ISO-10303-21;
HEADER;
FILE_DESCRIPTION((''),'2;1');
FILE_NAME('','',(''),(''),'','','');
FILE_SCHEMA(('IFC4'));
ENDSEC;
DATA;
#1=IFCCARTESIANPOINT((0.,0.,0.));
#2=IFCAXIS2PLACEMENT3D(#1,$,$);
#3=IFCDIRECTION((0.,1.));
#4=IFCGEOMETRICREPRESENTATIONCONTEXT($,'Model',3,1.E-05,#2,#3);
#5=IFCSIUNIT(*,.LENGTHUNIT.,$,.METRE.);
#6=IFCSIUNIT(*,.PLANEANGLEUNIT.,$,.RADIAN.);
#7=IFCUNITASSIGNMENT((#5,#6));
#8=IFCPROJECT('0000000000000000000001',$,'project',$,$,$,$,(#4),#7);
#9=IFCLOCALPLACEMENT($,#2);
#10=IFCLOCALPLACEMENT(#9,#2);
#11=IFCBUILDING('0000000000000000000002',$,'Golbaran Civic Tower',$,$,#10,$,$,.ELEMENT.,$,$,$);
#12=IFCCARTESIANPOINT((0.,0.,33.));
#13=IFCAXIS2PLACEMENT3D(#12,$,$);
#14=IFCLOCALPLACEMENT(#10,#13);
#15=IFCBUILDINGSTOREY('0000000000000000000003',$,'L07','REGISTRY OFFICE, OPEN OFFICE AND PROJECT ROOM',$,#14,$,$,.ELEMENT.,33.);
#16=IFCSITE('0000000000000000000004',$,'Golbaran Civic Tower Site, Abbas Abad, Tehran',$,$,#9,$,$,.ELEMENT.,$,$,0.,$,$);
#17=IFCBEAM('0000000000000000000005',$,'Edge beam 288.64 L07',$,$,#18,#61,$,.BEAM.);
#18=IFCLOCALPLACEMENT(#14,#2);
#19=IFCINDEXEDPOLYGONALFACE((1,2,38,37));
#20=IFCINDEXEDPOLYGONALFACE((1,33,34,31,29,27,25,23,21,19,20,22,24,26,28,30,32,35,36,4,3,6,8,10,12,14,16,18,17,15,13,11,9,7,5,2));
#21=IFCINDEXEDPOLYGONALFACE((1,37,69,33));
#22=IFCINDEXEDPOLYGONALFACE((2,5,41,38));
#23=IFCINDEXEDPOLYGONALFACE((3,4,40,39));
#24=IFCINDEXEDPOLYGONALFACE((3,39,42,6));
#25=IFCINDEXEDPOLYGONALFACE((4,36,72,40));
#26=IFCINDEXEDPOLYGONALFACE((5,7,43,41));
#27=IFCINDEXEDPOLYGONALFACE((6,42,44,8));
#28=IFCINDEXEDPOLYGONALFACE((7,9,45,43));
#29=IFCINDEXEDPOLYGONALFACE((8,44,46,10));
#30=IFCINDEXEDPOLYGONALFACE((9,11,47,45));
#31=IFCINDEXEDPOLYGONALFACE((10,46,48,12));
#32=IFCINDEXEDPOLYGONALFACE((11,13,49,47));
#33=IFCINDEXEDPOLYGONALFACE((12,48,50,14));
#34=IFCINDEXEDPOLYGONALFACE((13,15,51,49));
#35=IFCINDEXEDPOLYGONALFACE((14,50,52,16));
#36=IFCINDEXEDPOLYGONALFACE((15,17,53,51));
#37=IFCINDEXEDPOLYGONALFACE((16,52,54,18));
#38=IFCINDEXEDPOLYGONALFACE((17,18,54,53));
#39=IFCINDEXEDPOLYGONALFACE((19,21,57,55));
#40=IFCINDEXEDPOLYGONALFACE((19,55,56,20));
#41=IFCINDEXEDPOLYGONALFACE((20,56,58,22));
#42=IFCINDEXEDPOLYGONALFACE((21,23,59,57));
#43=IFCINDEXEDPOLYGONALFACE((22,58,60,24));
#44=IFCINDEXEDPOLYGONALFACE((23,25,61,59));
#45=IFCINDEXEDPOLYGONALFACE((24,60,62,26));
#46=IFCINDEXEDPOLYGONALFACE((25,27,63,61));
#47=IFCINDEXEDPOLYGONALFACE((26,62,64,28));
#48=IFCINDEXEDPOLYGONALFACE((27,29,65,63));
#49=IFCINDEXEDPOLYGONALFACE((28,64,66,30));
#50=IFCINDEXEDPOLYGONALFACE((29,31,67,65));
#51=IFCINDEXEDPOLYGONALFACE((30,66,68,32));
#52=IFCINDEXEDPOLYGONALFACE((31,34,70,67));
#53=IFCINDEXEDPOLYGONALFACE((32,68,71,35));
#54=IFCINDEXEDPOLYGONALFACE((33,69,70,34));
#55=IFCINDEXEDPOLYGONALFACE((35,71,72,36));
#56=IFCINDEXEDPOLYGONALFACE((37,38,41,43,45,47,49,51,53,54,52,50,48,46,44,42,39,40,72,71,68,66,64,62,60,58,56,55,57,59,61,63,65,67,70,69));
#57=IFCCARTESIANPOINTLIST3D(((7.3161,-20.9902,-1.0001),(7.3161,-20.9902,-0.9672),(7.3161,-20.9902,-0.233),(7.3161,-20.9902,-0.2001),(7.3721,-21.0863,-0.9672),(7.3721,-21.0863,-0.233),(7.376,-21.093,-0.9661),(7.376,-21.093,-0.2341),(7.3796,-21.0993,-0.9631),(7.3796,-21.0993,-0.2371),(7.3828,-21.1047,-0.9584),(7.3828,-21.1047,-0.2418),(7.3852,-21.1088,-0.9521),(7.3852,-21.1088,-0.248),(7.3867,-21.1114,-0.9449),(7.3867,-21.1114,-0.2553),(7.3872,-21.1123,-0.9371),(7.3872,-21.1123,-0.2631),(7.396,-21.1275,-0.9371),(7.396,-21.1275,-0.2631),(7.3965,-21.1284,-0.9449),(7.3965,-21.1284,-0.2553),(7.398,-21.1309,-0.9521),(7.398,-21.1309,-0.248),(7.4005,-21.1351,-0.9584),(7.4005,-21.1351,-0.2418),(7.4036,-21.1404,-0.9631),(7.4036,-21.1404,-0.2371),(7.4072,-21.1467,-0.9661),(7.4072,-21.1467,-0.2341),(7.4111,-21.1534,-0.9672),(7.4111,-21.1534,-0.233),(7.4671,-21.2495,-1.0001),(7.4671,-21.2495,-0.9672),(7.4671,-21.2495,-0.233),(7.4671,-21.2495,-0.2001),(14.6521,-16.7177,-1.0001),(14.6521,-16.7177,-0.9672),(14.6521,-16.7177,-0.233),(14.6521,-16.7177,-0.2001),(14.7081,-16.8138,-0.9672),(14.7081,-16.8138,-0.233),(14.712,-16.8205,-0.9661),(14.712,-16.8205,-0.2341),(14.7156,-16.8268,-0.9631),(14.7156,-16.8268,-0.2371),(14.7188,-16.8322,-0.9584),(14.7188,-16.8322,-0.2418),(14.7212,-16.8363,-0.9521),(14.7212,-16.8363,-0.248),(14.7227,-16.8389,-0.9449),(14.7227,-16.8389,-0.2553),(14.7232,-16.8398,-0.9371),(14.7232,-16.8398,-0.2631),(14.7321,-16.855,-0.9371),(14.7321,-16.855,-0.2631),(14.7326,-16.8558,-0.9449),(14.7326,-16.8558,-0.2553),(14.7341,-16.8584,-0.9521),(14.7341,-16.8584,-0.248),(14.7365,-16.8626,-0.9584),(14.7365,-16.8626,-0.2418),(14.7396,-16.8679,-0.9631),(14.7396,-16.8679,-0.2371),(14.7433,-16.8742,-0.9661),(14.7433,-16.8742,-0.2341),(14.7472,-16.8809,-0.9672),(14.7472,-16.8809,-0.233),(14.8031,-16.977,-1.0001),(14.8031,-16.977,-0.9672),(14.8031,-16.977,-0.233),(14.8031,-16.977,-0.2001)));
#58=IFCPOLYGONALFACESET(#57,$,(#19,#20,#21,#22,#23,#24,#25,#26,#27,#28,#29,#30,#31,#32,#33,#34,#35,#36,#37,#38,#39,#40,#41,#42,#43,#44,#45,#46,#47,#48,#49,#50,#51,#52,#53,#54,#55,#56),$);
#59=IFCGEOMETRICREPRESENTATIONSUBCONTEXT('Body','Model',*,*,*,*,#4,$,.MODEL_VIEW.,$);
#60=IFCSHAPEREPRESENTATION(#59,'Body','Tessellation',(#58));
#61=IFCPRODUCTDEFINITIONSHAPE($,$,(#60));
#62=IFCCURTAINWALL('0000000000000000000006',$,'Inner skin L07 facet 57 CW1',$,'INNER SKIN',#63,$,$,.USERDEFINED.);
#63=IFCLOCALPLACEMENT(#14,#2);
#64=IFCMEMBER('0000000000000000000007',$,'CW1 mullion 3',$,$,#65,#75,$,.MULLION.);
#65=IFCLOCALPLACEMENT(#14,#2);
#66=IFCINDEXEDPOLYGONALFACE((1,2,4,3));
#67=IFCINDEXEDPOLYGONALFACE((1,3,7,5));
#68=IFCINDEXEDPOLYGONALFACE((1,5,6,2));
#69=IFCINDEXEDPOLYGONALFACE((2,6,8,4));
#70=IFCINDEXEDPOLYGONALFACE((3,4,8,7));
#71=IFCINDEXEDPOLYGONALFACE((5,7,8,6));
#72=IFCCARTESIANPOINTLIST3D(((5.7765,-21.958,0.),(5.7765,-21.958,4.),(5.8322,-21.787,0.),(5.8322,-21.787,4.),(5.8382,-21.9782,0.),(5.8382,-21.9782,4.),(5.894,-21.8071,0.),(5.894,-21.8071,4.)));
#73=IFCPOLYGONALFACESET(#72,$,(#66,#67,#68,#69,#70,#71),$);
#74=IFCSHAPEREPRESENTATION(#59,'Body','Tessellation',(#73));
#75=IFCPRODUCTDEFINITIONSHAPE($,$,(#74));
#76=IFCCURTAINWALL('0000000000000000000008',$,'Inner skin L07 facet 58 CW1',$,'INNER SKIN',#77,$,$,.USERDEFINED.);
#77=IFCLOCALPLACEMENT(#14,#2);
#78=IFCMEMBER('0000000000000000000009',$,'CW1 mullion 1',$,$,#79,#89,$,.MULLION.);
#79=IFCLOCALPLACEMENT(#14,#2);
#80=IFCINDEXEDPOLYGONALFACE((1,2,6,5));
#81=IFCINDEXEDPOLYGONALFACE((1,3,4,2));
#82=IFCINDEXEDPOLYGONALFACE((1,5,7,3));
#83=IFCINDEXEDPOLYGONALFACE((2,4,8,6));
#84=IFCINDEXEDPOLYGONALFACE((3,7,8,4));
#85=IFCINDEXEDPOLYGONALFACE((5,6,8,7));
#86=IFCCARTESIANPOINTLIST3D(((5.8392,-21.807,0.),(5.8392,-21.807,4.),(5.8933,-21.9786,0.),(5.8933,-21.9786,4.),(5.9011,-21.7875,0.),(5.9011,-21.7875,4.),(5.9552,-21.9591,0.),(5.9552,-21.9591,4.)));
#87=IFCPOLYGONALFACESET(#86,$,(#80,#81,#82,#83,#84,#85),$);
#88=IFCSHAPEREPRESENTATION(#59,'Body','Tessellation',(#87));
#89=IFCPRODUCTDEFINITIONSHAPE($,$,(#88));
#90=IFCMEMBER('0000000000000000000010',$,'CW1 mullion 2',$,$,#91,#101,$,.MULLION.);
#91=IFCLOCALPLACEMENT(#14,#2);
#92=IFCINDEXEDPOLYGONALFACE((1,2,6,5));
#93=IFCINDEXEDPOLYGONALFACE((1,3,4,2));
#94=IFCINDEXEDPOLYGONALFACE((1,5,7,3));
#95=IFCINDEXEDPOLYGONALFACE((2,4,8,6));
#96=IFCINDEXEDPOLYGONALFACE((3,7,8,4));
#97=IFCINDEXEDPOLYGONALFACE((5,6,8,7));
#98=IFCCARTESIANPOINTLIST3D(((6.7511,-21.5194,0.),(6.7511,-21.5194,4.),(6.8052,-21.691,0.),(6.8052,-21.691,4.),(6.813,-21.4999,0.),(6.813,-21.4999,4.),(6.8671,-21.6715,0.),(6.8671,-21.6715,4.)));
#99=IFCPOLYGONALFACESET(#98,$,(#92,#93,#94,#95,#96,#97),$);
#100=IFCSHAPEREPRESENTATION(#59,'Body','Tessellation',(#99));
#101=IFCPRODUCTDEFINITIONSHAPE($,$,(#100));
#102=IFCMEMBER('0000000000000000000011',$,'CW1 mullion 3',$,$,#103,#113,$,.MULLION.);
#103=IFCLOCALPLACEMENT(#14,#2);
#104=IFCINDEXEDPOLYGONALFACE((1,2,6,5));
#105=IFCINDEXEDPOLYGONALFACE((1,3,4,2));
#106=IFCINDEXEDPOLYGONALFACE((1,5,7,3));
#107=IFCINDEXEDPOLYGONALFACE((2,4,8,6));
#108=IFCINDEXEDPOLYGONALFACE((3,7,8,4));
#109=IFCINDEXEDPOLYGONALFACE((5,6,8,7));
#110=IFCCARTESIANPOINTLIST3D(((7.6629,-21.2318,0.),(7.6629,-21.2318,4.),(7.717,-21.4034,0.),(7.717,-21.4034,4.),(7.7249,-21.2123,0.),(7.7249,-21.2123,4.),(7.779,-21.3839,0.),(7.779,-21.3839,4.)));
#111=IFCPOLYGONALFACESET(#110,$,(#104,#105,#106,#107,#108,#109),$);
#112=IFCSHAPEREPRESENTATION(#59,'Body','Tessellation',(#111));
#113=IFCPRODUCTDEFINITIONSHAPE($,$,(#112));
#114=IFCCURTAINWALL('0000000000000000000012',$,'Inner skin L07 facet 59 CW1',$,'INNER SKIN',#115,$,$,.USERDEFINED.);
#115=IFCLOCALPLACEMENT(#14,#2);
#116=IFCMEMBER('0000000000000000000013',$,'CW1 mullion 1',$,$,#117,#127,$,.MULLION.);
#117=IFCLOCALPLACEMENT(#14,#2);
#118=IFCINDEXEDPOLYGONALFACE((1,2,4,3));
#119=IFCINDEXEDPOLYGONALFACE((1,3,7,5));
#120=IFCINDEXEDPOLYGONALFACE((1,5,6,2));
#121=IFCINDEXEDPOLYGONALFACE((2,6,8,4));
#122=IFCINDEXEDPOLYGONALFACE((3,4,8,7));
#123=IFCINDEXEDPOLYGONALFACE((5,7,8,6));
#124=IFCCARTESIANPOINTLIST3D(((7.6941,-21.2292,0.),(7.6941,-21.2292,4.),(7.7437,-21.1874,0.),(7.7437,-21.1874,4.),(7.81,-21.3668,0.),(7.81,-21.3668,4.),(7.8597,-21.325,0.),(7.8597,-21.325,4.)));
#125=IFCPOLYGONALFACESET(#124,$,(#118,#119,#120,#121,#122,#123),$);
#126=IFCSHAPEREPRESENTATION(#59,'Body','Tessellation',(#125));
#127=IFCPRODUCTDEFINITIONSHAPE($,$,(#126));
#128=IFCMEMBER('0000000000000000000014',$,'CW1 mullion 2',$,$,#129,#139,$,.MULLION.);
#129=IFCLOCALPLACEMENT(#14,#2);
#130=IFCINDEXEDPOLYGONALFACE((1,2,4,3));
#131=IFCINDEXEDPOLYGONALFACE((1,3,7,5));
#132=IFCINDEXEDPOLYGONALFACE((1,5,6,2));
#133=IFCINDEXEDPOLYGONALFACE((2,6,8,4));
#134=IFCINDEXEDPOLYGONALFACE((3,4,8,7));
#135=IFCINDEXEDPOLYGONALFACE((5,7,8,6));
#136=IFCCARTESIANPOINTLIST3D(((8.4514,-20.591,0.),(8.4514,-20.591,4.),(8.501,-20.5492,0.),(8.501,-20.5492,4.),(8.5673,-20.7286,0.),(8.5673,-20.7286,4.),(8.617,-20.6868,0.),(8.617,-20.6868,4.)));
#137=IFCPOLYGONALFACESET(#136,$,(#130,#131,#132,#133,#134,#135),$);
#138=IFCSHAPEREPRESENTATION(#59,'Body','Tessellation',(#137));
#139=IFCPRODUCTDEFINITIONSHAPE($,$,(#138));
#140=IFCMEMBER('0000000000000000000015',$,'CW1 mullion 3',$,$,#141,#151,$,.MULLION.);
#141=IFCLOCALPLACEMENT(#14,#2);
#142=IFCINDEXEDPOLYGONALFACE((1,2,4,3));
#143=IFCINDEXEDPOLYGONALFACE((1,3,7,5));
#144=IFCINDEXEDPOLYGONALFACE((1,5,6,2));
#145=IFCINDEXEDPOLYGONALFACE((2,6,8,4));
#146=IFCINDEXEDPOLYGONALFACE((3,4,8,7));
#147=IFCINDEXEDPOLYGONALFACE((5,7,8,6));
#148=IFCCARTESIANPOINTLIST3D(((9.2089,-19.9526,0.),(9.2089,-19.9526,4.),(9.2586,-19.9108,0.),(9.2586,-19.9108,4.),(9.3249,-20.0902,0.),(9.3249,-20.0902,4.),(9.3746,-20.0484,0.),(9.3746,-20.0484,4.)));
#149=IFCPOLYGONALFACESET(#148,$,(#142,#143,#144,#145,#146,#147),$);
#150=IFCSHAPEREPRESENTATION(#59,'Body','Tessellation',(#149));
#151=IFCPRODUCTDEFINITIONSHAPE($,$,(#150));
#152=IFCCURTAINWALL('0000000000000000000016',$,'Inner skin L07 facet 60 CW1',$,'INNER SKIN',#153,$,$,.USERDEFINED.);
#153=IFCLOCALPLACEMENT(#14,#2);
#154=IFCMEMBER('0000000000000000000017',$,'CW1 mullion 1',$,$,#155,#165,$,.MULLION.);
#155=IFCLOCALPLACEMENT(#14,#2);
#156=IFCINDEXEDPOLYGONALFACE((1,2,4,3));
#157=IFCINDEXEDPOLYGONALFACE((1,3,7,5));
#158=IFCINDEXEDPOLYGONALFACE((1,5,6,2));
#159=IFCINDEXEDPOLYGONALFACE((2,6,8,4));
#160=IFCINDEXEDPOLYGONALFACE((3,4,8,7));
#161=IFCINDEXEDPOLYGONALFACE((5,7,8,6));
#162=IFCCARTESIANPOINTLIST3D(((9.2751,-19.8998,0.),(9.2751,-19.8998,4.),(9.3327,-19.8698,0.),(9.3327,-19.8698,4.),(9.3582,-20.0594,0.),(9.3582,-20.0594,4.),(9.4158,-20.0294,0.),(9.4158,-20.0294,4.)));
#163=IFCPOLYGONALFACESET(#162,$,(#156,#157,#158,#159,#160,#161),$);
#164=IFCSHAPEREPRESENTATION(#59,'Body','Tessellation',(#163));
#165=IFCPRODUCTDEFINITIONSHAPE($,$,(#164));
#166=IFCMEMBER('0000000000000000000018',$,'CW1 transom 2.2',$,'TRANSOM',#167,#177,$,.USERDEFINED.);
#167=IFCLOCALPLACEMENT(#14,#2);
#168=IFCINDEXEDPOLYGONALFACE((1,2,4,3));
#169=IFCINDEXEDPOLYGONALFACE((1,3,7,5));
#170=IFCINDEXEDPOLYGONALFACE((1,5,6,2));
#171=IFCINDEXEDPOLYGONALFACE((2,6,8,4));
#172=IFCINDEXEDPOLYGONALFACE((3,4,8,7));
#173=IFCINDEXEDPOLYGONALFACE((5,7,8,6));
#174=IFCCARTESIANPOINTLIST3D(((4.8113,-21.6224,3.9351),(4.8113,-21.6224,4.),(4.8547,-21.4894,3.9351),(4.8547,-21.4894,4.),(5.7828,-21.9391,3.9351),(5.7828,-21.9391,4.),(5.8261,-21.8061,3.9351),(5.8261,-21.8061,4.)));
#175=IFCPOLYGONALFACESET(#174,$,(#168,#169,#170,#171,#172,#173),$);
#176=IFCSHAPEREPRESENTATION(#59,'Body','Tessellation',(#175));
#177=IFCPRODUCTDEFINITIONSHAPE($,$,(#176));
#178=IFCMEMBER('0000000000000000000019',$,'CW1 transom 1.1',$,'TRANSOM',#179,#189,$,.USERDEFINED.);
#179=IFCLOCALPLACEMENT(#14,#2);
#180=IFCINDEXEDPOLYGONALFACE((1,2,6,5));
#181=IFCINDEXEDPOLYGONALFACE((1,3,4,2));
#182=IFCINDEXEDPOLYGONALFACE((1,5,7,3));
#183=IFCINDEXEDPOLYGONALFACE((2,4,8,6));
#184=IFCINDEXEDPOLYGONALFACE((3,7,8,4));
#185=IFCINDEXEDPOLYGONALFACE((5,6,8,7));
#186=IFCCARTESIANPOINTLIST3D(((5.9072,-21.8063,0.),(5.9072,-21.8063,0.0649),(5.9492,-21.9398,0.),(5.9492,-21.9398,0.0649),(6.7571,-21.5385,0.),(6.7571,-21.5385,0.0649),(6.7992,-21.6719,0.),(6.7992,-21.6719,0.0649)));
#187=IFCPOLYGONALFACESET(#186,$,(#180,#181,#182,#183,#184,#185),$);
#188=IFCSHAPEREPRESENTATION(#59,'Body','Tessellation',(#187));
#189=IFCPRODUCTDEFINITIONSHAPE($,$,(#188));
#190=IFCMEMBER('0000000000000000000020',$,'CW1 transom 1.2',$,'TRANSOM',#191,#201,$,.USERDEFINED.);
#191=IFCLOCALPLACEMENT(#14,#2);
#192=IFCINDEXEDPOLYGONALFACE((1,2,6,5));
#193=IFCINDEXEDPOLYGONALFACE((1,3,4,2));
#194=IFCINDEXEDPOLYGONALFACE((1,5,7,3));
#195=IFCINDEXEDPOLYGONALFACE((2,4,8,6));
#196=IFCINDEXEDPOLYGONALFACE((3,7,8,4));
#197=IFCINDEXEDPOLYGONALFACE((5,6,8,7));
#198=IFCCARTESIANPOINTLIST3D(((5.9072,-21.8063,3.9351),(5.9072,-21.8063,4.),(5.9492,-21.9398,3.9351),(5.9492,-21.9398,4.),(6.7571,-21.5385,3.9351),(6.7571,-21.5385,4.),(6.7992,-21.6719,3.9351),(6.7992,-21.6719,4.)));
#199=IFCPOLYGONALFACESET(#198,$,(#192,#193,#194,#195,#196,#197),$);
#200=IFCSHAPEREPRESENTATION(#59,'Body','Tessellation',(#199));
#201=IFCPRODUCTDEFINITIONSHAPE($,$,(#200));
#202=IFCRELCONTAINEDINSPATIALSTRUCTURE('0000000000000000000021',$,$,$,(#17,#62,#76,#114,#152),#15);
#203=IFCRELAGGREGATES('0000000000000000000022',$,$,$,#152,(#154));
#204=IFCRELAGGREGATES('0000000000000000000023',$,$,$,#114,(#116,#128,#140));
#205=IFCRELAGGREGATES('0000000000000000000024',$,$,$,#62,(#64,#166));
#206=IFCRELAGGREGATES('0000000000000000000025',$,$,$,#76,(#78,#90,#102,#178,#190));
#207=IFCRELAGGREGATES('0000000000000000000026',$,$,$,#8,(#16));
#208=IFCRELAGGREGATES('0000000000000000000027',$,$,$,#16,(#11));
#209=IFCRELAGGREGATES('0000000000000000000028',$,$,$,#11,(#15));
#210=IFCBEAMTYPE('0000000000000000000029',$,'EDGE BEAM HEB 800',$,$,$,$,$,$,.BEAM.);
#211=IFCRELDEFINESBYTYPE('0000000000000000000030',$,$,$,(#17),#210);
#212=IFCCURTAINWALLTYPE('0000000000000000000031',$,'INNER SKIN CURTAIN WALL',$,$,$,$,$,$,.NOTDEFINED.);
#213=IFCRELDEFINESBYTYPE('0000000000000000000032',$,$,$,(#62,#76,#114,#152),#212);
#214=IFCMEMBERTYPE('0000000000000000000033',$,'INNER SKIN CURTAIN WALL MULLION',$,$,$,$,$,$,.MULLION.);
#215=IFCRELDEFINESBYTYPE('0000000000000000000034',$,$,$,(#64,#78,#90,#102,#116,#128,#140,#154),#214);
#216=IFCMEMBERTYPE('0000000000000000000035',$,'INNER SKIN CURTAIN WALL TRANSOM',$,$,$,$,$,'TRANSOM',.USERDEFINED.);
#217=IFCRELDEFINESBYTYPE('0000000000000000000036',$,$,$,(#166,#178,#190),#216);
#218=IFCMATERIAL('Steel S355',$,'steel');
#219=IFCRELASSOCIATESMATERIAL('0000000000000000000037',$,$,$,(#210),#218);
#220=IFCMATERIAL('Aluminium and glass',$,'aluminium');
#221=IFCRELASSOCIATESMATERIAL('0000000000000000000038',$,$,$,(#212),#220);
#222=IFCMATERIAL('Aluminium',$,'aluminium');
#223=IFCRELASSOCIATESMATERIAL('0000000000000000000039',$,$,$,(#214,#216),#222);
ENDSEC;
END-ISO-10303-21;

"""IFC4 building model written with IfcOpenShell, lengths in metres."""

from ifc_helpers import new_model, si_unit, direction, frame, origin, origin_2d, place, context, subcontext, project, spatial, rectangle, i_section, extrude, material, material_profile, profile_set, type_object, element, aggregate, save


model = new_model("IFC4")

# Units and contexts
model_context = context("Model", 3, precision=1e-05, world=origin(), true_north=direction((0.0, 1.0)))
body_context = subcontext(model_context, "Body", "Model", "MODEL_VIEW")
ifc_project = project(units=[si_unit("LENGTHUNIT", "METRE"), si_unit("PLANEANGLEUNIT", "RADIAN")], contexts=[model_context])

# Site, building, storey
site_placement = place(None, origin())
site = spatial("IfcSite", under=ifc_project, at=site_placement, Name="Golbaran Civic Tower Site, Abbas Abad, Tehran", CompositionType="ELEMENT", RefElevation=0.0)
building_placement = place(site_placement, origin())
building = spatial("IfcBuilding", under=site, at=building_placement, Name="Golbaran Civic Tower", CompositionType="ELEMENT")
storey_placement = place(building_placement, frame((0.0, 0.0, 33.0)))
storey = spatial("IfcBuildingStorey", under=building, at=storey_placement, Name="L07", Description="REGISTRY OFFICE, OPEN OFFICE AND PROJECT ROOM", CompositionType="ELEMENT", Elevation=33.0)

# Beam
ifc_material_1 = material(Name="Steel S355", Category="steel")
ifc_material_profile_1 = material_profile(ifc_material_1, i_section(OverallWidth=0.3, OverallDepth=0.8, WebThickness=0.0176, FlangeThickness=0.033, FilletRadius=0.03, at=origin_2d()), Name="HEB 800")
ifc_profile_set_1 = profile_set([ifc_material_profile_1], Name="Steel S355")
beam_type = type_object("IfcBeamType", Name="EDGE BEAM HEB 800", PredefinedType="BEAM", material=ifc_profile_set_1)
beam_placement = place(storey_placement, frame((7.3916, -21.1199, -0.6001), z_axis=(0.864129, 0.50327, 0.0), x_axis=(-0.50327, 0.864129, 0.0)))
element("IfcBeam", 1, at=beam_placement, inside=storey, type_object=beam_type, Name="Edge beam 288.64 L07", PredefinedType="BEAM", context=body_context, shape_type="SweptSolid", body=[
    extrude(i_section(OverallWidth=0.3, OverallDepth=0.8, WebThickness=0.0176, FlangeThickness=0.033, FilletRadius=0.03, at=origin_2d()), origin(), (0.0, 0.0, 1.0), 8.4895),
])

# Curtain wall, member
ifc_material_2 = material(Name="Aluminium and glass", Category="aluminium")
curtain_wall_type = type_object("IfcCurtainWallType", Name="INNER SKIN CURTAIN WALL", PredefinedType="NOTDEFINED", material=ifc_material_2)
curtain_wall_1_placement = place(storey_placement, origin())
curtain_wall_1 = element("IfcCurtainWall", 2, at=curtain_wall_1_placement, inside=storey, type_object=curtain_wall_type, Name="Inner skin L07 facet 57 CW1", ObjectType="INNER SKIN", PredefinedType="USERDEFINED")
ifc_material_3 = material(Name="Aluminium", Category="aluminium")
ifc_material_profile_2 = material_profile(ifc_material_3, rectangle(XDim=0.1799, YDim=0.0649, at=origin_2d()), Name="INNER SKIN CURTAIN WALL MULLION")
ifc_profile_set_2 = profile_set([ifc_material_profile_2], Name="Aluminium")
member_type_1 = type_object("IfcMemberType", Name="INNER SKIN CURTAIN WALL MULLION", PredefinedType="MULLION", material=ifc_profile_set_2)
member_1_placement = place(storey_placement, frame((5.8352, -21.8826, 0.0), z_axis=(0.0, 0.0, 1.0), x_axis=(0.309925, 0.950761, 0.0)))
member_1 = element("IfcMember", 3, at=member_1_placement, type_object=member_type_1, Name="CW1 mullion 3", PredefinedType="MULLION", context=body_context, shape_type="SweptSolid", body=[
    extrude(rectangle(XDim=0.1799, YDim=0.0649, at=origin_2d()), origin(), (0.0, 0.0, 1.0), 4.0),
])

# Curtain walls, members
curtain_wall_2_placement = place(storey_placement, origin())
curtain_wall_2 = element("IfcCurtainWall", 4, at=curtain_wall_2_placement, inside=storey, type_object=curtain_wall_type, Name="Inner skin L07 facet 58 CW1", ObjectType="INNER SKIN", PredefinedType="USERDEFINED")
member_2_placement = place(storey_placement, frame((5.8972, -21.8831, 0.0), z_axis=(0.0, 0.0, 1.0), x_axis=(-0.300706, 0.953717, 0.0)))
member_2 = element("IfcMember", 5, at=member_2_placement, type_object=member_type_1, Name="CW1 mullion 1", PredefinedType="MULLION", context=body_context, shape_type="SweptSolid", body=[
    extrude(rectangle(XDim=0.1799, YDim=0.0649, at=origin_2d()), origin(), (0.0, 0.0, 1.0), 4.0),
])
member_3_placement = place(storey_placement, frame((6.8091, -21.5955, 0.0), z_axis=(0.0, 0.0, 1.0), x_axis=(-0.300706, 0.953717, 0.0)))
member_3 = element("IfcMember", 6, at=member_3_placement, type_object=member_type_1, Name="CW1 mullion 2", PredefinedType="MULLION", context=body_context, shape_type="SweptSolid", body=[
    extrude(rectangle(XDim=0.1799, YDim=0.0649, at=origin_2d()), origin(), (0.0, 0.0, 1.0), 4.0),
])
member_4_placement = place(storey_placement, frame((7.7209, -21.3079, 0.0), z_axis=(0.0, 0.0, 1.0), x_axis=(-0.300706, 0.953717, 0.0)))
member_4 = element("IfcMember", 7, at=member_4_placement, type_object=member_type_1, Name="CW1 mullion 3", PredefinedType="MULLION", context=body_context, shape_type="SweptSolid", body=[
    extrude(rectangle(XDim=0.1799, YDim=0.0649, at=origin_2d()), origin(), (0.0, 0.0, 1.0), 4.0),
])
curtain_wall_3_placement = place(storey_placement, origin())
curtain_wall_3 = element("IfcCurtainWall", 8, at=curtain_wall_3_placement, inside=storey, type_object=curtain_wall_type, Name="Inner skin L07 facet 59 CW1", ObjectType="INNER SKIN", PredefinedType="USERDEFINED")
member_5_placement = place(storey_placement, frame((7.7769, -21.2771, 0.0), z_axis=(0.0, 0.0, 1.0), x_axis=(-0.644395, 0.764692, 0.0)))
member_5 = element("IfcMember", 9, at=member_5_placement, type_object=member_type_1, Name="CW1 mullion 1", PredefinedType="MULLION", context=body_context, shape_type="SweptSolid", body=[
    extrude(rectangle(XDim=0.1799, YDim=0.0649, at=origin_2d()), origin(), (0.0, 0.0, 1.0), 4.0),
])
member_6_placement = place(storey_placement, frame((8.5342, -20.6389, 0.0), z_axis=(0.0, 0.0, 1.0), x_axis=(-0.644395, 0.764692, 0.0)))
member_6 = element("IfcMember", 10, at=member_6_placement, type_object=member_type_1, Name="CW1 mullion 2", PredefinedType="MULLION", context=body_context, shape_type="SweptSolid", body=[
    extrude(rectangle(XDim=0.1799, YDim=0.0649, at=origin_2d()), origin(), (0.0, 0.0, 1.0), 4.0),
])
member_7_placement = place(storey_placement, frame((9.2917, -20.0005, 0.0), z_axis=(0.0, 0.0, 1.0), x_axis=(-0.644395, 0.764692, 0.0)))
member_7 = element("IfcMember", 11, at=member_7_placement, type_object=member_type_1, Name="CW1 mullion 3", PredefinedType="MULLION", context=body_context, shape_type="SweptSolid", body=[
    extrude(rectangle(XDim=0.1799, YDim=0.0649, at=origin_2d()), origin(), (0.0, 0.0, 1.0), 4.0),
])

# Curtain wall, member
curtain_wall_4_placement = place(storey_placement, origin())
curtain_wall_4 = element("IfcCurtainWall", 12, at=curtain_wall_4_placement, inside=storey, type_object=curtain_wall_type, Name="Inner skin L07 facet 60 CW1", ObjectType="INNER SKIN", PredefinedType="USERDEFINED")
member_8_placement = place(storey_placement, frame((9.3455, -19.9646, 0.0), z_axis=(0.0, 0.0, 1.0), x_axis=(-0.461749, 0.887011, 0.0)))
member_8 = element("IfcMember", 13, at=member_8_placement, type_object=member_type_1, Name="CW1 mullion 1", PredefinedType="MULLION", context=body_context, shape_type="SweptSolid", body=[
    extrude(rectangle(XDim=0.1799, YDim=0.0649, at=origin_2d()), origin(), (0.0, 0.0, 1.0), 4.0),
])

# Members
ifc_material_profile_3 = material_profile(ifc_material_3, rectangle(XDim=0.1399, YDim=0.0649, at=origin_2d()), Name="INNER SKIN CURTAIN WALL TRANSOM")
ifc_profile_set_3 = profile_set([ifc_material_profile_3], Name="Aluminium")
member_type_2 = type_object("IfcMemberType", Name="INNER SKIN CURTAIN WALL TRANSOM", ElementType="TRANSOM", PredefinedType="USERDEFINED", material=ifc_profile_set_3)
member_9_placement = place(storey_placement, frame((4.833, -21.5559, 3.9675), z_axis=(0.950765, -0.309913, 0.0), x_axis=(0.309913, 0.950765, 0.0)))
member_9 = element("IfcMember", 14, at=member_9_placement, type_object=member_type_2, Name="CW1 transom 2.2", ObjectType="TRANSOM", PredefinedType="USERDEFINED", context=body_context, shape_type="SweptSolid", body=[
    extrude(rectangle(XDim=0.1399, YDim=0.0649, at=origin_2d()), origin(), (0.0, 0.0, 1.0), 1.0217),
])
member_10_placement = place(storey_placement, frame((5.9282, -21.873, 0.0325), z_axis=(0.953761, 0.300567, 0.0), x_axis=(-0.300567, 0.953761, 0.0)))
member_10 = element("IfcMember", 15, at=member_10_placement, type_object=member_type_2, Name="CW1 transom 1.1", ObjectType="TRANSOM", PredefinedType="USERDEFINED", context=body_context, shape_type="SweptSolid", body=[
    extrude(rectangle(XDim=0.1399, YDim=0.0649, at=origin_2d()), origin(), (0.0, 0.0, 1.0), 0.8911),
])
member_11_placement = place(storey_placement, frame((5.9282, -21.873, 3.9675), z_axis=(0.953761, 0.300567, 0.0), x_axis=(-0.300567, 0.953761, 0.0)))
member_11 = element("IfcMember", 16, at=member_11_placement, type_object=member_type_2, Name="CW1 transom 1.2", ObjectType="TRANSOM", PredefinedType="USERDEFINED", context=body_context, shape_type="SweptSolid", body=[
    extrude(rectangle(XDim=0.1399, YDim=0.0649, at=origin_2d()), origin(), (0.0, 0.0, 1.0), 0.8911),
])
aggregate(curtain_wall_4, [member_8])

aggregate(curtain_wall_3, [member_5, member_6, member_7])
aggregate(curtain_wall_1, [member_1, member_9])
aggregate(curtain_wall_2, [member_2, member_3, member_4, member_10, member_11])

save(model, "model.ifc")
